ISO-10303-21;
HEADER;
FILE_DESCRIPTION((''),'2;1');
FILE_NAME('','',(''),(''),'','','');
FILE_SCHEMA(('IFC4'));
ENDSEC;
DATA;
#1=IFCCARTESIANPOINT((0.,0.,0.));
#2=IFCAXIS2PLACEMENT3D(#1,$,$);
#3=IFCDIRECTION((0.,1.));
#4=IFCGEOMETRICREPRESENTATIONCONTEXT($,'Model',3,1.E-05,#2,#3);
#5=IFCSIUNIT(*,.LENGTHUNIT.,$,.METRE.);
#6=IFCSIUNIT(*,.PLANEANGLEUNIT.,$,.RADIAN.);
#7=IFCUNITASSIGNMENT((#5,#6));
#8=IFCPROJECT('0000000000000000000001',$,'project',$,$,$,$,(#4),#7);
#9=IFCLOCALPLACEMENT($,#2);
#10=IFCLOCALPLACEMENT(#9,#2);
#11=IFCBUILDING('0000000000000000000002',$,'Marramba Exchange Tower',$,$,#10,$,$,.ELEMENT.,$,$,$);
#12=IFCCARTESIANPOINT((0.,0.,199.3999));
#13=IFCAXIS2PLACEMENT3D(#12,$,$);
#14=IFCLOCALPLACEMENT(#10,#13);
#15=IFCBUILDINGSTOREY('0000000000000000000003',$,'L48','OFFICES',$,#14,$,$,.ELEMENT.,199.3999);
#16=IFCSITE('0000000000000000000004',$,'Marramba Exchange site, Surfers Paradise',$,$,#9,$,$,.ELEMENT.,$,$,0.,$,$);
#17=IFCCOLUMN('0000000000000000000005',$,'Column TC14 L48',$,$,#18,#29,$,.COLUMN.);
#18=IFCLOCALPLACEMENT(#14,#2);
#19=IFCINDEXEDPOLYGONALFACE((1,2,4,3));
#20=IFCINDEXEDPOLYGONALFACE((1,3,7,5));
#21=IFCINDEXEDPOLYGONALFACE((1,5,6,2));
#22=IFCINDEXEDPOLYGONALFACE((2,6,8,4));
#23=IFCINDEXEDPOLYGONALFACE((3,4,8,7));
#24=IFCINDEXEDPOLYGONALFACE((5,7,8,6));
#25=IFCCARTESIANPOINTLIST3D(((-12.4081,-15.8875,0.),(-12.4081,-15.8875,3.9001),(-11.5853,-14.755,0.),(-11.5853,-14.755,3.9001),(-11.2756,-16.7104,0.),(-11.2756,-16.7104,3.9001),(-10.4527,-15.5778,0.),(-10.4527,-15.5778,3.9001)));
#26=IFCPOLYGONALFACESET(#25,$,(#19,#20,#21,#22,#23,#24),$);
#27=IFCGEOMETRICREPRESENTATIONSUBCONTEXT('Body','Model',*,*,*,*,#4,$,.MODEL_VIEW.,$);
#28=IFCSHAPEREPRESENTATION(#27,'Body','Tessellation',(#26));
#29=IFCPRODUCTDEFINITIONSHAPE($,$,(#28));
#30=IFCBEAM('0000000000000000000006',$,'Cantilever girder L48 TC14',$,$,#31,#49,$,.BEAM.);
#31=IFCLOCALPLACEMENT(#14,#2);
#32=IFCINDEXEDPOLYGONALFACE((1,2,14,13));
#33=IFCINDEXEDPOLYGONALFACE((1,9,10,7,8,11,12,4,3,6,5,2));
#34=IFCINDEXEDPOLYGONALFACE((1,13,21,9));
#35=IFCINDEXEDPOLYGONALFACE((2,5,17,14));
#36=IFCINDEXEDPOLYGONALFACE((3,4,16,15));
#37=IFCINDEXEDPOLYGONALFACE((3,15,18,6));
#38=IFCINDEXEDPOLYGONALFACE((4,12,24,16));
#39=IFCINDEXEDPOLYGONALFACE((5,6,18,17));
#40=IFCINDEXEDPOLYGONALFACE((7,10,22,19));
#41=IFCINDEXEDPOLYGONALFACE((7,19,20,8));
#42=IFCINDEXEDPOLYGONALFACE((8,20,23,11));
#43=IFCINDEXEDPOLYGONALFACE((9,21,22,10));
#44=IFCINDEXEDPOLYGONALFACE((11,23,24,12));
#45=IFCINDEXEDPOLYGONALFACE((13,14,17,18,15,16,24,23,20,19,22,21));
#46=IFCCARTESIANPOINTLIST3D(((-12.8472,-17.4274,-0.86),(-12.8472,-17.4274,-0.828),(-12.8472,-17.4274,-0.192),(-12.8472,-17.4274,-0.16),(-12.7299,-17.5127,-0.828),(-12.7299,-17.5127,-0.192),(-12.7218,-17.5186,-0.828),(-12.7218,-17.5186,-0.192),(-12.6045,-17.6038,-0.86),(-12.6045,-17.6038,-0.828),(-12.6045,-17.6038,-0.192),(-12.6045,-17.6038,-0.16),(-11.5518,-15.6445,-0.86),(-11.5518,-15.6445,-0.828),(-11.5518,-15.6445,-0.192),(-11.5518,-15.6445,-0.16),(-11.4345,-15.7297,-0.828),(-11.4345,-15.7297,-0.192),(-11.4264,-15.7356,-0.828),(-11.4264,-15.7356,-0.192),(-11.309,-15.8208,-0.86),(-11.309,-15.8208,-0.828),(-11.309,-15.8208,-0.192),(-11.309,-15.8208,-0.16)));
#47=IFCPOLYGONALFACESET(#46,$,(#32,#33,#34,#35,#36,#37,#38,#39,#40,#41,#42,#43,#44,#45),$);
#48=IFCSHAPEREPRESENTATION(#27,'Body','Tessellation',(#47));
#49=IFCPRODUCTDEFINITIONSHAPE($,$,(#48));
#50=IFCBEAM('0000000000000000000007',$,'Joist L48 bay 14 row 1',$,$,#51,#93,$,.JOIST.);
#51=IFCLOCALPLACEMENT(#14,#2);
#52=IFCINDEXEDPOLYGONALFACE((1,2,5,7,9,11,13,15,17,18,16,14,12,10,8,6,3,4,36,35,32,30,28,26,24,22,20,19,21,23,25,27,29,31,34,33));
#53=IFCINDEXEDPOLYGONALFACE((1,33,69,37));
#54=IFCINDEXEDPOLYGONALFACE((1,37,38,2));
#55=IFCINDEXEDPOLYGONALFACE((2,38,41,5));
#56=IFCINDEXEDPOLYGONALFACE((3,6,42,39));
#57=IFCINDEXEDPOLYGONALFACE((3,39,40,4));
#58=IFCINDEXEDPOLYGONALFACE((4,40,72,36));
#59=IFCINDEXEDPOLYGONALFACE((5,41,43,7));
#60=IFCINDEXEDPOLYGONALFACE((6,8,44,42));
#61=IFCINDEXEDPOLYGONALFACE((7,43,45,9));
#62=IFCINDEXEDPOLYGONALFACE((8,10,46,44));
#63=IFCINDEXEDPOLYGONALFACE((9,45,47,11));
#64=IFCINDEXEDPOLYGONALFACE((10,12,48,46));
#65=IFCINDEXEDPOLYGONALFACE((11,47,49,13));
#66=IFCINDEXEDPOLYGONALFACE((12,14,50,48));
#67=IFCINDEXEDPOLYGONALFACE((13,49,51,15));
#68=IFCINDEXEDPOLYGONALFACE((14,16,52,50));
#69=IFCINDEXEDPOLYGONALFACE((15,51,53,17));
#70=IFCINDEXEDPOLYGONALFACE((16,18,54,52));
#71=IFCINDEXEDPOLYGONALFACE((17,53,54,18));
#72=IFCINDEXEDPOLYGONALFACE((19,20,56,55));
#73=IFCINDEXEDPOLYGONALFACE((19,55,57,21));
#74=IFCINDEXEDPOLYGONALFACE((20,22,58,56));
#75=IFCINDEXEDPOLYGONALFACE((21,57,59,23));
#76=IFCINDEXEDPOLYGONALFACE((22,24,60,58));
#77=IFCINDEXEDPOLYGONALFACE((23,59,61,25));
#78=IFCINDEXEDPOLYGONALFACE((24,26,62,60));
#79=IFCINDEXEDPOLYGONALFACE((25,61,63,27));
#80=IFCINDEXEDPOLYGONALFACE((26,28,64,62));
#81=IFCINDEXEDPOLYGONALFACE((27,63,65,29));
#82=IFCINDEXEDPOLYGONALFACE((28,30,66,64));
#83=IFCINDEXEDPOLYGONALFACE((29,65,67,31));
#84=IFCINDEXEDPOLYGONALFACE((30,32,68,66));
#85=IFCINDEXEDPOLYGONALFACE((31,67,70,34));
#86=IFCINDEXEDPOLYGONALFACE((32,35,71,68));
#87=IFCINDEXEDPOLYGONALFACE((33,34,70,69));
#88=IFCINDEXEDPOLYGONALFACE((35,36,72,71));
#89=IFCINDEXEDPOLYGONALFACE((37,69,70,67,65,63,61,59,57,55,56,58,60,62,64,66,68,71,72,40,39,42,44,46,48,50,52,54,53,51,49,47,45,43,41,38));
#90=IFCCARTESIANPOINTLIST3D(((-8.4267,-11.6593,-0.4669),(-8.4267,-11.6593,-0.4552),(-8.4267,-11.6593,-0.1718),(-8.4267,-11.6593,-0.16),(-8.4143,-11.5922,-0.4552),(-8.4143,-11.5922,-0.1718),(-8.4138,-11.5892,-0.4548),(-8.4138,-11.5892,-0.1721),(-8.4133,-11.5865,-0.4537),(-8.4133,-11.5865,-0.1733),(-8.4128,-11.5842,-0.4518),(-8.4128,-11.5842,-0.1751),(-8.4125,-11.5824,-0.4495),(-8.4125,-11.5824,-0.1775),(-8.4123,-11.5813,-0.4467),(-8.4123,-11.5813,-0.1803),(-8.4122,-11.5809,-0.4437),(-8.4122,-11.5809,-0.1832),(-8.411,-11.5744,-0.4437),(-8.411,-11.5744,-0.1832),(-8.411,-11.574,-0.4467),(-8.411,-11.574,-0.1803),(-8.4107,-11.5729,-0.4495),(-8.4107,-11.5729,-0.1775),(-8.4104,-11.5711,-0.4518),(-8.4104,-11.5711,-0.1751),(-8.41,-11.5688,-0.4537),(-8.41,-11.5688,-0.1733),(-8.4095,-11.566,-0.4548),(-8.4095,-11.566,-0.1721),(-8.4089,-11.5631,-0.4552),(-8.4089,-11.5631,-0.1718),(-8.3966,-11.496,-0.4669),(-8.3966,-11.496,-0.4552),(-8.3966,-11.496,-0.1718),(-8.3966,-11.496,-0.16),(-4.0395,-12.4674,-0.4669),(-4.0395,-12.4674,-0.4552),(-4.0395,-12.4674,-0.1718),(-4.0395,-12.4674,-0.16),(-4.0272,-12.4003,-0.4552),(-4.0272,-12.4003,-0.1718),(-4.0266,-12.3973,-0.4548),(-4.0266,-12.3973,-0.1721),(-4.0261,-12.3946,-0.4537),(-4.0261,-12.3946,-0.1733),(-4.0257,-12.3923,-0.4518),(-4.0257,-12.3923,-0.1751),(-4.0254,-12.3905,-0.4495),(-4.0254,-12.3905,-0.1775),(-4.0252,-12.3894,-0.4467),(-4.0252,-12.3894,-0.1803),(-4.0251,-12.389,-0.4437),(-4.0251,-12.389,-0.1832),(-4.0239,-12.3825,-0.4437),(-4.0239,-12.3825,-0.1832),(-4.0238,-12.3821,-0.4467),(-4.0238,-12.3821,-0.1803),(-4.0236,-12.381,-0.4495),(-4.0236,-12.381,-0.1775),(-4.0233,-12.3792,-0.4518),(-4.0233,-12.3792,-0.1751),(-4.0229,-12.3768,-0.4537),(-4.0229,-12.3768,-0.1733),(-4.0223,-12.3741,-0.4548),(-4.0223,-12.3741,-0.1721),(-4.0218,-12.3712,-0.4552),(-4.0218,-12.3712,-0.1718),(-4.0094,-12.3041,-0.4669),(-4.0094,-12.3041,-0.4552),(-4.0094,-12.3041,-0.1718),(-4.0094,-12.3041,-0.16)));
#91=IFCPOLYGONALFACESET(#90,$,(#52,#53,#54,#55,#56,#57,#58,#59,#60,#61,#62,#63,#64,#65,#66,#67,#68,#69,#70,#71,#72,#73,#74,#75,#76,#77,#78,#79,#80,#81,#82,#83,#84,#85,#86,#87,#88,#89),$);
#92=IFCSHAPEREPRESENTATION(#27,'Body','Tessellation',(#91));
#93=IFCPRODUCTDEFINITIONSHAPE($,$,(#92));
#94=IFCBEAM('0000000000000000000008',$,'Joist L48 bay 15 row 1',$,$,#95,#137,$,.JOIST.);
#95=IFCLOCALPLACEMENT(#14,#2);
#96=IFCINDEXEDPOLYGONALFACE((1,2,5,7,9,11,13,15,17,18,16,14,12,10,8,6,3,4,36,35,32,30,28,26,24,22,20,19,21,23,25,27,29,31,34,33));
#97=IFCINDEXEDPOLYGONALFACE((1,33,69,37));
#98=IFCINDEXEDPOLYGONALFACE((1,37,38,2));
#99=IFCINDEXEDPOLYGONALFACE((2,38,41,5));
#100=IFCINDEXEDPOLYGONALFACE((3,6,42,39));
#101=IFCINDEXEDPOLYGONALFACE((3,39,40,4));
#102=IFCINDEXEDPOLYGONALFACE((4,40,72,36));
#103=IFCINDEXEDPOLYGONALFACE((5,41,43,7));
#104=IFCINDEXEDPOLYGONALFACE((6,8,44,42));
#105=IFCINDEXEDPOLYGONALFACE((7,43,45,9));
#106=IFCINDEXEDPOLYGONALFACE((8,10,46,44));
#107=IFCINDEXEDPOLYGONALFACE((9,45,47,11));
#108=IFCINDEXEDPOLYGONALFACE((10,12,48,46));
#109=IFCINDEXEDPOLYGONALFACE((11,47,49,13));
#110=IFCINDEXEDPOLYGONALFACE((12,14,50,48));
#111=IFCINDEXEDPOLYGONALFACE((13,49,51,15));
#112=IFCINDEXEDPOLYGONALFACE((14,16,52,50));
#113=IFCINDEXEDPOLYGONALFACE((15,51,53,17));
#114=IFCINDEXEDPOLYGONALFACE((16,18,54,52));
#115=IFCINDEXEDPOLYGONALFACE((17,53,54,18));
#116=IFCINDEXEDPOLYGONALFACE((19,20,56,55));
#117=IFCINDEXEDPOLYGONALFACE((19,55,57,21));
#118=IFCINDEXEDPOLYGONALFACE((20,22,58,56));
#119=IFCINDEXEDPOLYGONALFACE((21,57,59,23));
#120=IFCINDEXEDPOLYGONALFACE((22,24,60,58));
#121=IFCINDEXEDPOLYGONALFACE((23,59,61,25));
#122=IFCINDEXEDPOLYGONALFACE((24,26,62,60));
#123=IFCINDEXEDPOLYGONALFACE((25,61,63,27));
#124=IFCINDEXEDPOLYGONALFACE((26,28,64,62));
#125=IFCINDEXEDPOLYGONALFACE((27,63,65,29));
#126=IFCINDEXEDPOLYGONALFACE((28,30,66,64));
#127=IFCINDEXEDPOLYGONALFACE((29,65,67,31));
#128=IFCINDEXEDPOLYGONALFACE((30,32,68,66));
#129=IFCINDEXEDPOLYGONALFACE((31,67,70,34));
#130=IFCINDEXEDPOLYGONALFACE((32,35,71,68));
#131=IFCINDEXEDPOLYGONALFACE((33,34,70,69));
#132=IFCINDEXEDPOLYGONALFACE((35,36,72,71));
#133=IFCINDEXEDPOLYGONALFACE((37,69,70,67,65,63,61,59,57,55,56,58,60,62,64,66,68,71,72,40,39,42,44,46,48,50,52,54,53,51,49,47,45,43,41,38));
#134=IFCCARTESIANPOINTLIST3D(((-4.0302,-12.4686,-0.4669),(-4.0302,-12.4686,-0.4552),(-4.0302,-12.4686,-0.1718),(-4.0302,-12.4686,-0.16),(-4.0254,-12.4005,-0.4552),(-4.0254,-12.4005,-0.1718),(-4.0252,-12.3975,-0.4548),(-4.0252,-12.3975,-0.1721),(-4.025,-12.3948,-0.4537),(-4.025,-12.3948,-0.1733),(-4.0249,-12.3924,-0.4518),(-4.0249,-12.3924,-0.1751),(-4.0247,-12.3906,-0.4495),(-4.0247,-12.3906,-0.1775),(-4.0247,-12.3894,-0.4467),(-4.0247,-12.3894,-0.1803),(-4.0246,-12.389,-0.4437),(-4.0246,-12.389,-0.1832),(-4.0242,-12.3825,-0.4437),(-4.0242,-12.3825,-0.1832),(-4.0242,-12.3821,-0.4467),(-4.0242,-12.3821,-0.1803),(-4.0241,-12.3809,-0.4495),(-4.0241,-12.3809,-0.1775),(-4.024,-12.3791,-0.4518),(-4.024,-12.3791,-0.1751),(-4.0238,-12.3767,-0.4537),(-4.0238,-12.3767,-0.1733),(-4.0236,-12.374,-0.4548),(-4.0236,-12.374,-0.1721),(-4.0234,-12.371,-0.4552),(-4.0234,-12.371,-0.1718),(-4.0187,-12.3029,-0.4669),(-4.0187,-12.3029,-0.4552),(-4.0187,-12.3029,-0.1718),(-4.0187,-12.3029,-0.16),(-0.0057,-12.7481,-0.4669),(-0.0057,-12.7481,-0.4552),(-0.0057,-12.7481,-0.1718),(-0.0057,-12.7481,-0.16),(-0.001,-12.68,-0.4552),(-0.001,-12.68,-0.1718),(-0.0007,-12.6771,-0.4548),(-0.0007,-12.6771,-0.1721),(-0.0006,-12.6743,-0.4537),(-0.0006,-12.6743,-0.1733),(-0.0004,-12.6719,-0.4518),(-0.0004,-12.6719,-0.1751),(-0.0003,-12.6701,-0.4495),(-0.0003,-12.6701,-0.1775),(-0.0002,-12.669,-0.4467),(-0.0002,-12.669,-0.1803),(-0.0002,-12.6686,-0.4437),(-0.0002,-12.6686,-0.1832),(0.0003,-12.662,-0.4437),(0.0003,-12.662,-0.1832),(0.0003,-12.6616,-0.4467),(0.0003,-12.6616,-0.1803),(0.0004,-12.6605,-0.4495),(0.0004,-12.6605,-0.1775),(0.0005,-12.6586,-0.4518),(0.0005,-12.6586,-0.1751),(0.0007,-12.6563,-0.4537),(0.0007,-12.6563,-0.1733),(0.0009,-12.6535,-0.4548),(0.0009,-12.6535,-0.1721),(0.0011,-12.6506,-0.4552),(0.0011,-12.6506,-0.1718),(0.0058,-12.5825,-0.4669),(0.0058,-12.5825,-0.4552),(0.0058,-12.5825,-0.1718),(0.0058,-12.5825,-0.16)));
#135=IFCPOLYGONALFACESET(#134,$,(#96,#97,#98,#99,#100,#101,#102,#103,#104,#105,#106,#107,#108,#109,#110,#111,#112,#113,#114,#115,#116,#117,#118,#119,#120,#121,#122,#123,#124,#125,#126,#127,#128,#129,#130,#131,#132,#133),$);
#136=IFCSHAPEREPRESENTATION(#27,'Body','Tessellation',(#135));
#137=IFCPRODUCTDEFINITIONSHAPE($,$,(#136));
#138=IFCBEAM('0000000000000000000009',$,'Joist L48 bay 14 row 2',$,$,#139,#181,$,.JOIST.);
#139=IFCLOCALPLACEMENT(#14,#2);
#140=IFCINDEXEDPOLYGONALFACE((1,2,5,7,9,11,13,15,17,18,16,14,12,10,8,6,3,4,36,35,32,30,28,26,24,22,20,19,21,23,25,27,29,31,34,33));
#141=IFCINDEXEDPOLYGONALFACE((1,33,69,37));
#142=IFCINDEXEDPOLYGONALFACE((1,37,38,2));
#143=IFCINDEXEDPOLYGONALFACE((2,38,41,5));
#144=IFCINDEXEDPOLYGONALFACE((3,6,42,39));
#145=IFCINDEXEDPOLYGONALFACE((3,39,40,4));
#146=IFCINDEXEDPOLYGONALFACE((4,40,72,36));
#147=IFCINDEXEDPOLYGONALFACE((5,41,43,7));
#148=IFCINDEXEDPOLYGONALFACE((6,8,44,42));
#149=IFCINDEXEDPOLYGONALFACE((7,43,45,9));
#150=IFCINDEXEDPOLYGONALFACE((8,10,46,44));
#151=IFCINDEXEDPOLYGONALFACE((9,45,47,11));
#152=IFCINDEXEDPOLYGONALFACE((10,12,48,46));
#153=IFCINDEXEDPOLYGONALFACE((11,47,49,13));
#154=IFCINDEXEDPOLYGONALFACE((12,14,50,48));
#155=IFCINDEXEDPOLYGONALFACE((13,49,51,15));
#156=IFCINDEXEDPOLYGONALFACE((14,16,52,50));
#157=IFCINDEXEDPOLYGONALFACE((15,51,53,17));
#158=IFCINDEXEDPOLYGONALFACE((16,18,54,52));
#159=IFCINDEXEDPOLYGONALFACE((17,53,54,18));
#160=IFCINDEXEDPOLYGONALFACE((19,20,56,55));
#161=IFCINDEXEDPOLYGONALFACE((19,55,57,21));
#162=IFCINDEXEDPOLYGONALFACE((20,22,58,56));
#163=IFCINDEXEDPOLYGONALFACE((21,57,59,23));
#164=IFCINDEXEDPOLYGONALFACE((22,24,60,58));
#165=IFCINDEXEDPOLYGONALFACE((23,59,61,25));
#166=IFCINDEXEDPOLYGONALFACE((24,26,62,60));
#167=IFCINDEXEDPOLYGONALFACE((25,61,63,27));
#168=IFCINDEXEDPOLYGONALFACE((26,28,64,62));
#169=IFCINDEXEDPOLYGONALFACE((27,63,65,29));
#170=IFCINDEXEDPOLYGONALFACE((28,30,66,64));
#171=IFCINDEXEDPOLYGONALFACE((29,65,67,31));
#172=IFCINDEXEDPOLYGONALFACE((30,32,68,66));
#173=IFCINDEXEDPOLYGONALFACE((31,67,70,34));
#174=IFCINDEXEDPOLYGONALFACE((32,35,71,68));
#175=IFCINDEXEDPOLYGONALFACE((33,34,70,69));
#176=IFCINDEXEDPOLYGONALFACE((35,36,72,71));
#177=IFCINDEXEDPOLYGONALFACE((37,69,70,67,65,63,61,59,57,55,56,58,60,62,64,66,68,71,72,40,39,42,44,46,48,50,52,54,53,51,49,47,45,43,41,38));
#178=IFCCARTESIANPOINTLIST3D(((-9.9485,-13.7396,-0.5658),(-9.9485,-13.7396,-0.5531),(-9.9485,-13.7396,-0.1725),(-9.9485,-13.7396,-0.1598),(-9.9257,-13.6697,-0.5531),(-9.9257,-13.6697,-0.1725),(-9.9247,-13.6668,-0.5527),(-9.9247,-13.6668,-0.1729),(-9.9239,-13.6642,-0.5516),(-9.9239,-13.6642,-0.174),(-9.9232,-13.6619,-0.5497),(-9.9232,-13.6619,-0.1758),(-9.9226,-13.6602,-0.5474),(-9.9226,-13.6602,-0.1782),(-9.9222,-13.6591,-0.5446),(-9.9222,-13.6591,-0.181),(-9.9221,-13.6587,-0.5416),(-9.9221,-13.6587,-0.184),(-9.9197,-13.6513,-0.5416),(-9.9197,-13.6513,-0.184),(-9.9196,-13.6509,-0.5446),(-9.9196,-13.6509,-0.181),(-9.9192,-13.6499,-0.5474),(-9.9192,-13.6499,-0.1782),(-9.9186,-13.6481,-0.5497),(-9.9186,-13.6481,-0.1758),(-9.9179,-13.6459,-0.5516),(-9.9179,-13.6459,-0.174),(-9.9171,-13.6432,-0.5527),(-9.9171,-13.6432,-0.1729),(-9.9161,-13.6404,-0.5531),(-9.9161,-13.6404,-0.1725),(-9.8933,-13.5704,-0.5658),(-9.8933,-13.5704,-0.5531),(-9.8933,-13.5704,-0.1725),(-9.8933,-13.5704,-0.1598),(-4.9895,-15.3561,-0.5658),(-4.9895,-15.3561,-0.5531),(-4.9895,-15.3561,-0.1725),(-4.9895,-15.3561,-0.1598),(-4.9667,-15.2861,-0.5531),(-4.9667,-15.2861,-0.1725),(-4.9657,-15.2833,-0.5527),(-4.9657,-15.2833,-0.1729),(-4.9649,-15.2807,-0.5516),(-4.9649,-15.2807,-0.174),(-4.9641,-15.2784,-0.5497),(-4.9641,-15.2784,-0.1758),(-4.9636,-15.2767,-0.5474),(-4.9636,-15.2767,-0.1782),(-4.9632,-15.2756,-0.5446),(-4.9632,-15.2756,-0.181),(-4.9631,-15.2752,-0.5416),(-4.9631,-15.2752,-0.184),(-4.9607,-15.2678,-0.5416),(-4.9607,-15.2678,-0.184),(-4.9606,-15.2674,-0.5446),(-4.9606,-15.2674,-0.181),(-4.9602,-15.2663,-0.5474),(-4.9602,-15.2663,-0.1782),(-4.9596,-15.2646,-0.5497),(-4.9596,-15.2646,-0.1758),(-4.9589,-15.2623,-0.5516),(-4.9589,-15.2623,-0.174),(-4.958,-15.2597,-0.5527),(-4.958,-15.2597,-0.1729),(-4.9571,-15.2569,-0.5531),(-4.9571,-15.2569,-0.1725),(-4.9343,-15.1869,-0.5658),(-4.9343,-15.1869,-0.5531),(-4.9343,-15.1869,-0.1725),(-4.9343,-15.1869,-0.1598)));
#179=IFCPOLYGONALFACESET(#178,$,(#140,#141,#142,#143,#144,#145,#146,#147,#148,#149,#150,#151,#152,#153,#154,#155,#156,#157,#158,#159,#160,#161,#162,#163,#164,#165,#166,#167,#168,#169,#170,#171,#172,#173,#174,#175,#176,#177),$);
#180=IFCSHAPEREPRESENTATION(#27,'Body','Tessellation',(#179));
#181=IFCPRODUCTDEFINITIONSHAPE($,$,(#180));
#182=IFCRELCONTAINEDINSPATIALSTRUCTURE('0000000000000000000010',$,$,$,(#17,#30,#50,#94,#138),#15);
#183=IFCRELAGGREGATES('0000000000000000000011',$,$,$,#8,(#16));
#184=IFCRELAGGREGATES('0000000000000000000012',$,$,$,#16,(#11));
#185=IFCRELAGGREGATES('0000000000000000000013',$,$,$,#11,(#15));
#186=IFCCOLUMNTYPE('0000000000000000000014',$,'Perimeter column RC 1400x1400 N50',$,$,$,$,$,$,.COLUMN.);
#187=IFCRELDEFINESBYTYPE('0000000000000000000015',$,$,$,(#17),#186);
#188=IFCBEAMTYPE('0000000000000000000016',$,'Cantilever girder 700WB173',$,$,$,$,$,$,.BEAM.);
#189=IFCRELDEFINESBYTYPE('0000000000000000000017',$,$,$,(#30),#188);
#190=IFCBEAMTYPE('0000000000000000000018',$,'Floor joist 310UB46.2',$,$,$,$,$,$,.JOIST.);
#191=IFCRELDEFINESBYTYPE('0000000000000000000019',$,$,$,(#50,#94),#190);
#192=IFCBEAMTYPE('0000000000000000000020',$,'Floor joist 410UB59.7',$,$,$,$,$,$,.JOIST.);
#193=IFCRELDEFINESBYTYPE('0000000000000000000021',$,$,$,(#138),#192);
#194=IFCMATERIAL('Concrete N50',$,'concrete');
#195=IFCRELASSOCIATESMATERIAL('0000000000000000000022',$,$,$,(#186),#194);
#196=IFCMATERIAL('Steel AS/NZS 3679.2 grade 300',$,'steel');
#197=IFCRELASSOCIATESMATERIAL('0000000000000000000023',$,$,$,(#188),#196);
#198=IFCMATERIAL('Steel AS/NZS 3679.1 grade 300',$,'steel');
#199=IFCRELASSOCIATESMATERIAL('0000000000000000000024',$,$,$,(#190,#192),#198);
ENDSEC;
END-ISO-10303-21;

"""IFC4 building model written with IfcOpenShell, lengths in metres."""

from ifc_helpers import new_model, si_unit, direction, frame, origin, origin_2d, place, context, subcontext, project, spatial, rectangle, i_section, extrude, material, material_profile, profile_set, type_object, element, save


model = new_model("IFC4")

# Units and contexts
model_context = context("Model", 3, precision=1e-05, world=origin(), true_north=direction((0.0, 1.0)))
body_context = subcontext(model_context, "Body", "Model", "MODEL_VIEW")
ifc_project = project(units=[si_unit("LENGTHUNIT", "METRE"), si_unit("PLANEANGLEUNIT", "RADIAN")], contexts=[model_context])

# Site, building, storey
site_placement = place(None, origin())
site = spatial("IfcSite", under=ifc_project, at=site_placement, Name="Marramba Exchange site, Surfers Paradise", CompositionType="ELEMENT", RefElevation=0.0)
building_placement = place(site_placement, origin())
building = spatial("IfcBuilding", under=site, at=building_placement, Name="Marramba Exchange Tower", CompositionType="ELEMENT")
storey_placement = place(building_placement, frame((0.0, 0.0, 199.3999)))
storey = spatial("IfcBuildingStorey", under=building, at=storey_placement, Name="L48", Description="OFFICES", CompositionType="ELEMENT", Elevation=199.3999)

# Column
ifc_material_1 = material(Name="Concrete N50", Category="concrete")
ifc_material_profile_1 = material_profile(ifc_material_1, rectangle(XDim=1.3999, YDim=1.3999, at=origin_2d()), Name="RC 1400x1400")
ifc_profile_set_1 = profile_set([ifc_material_profile_1], Name="Concrete N50")
column_type = type_object("IfcColumnType", Name="Perimeter column RC 1400x1400 N50", PredefinedType="COLUMN", material=ifc_profile_set_1)
column_placement = place(storey_placement, frame((-11.4304, -15.7327, 0.0), z_axis=(0.0, 0.0, 1.0), x_axis=(-0.587785, -0.809017, 0.0)))
element("IfcColumn", 1, at=column_placement, inside=storey, type_object=column_type, Name="Column TC14 L48", PredefinedType="COLUMN", context=body_context, shape_type="SweptSolid", body=[
    extrude(rectangle(XDim=1.3999, YDim=1.3999, at=origin_2d()), origin(), (0.0, 0.0, 1.0), 3.9001),
])

# Beams
ifc_material_2 = material(Name="Steel AS/NZS 3679.2 grade 300", Category="steel")
ifc_material_profile_2 = material_profile(ifc_material_2, i_section(OverallWidth=0.3, OverallDepth=0.7, WebThickness=0.01, FlangeThickness=0.032, at=origin_2d()), Name="700WB173")
ifc_profile_set_2 = profile_set([ifc_material_profile_2], Name="Steel AS/NZS 3679.2 grade 300")
beam_type_1 = type_object("IfcBeamType", Name="Cantilever girder 700WB173", PredefinedType="BEAM", material=ifc_profile_set_2)
beam_1_placement = place(storey_placement, frame((-11.4304, -15.7327, -0.51), z_axis=(-0.58779, -0.809014, 0.0), x_axis=(0.809014, -0.58779, 0.0)))
element("IfcBeam", 2, at=beam_1_placement, inside=storey, type_object=beam_type_1, Name="Cantilever girder L48 TC14", PredefinedType="BEAM", context=body_context, shape_type="SweptSolid", body=[
    extrude(i_section(OverallWidth=0.3, OverallDepth=0.7, WebThickness=0.01, FlangeThickness=0.032, at=origin_2d()), origin(), (0.0, 0.0, 1.0), 2.2039),
])
ifc_material_3 = material(Name="Steel AS/NZS 3679.1 grade 300", Category="steel")
ifc_material_profile_3 = material_profile(ifc_material_3, i_section(OverallWidth=0.166, OverallDepth=0.3069, WebThickness=0.0066, FlangeThickness=0.0117, FilletRadius=0.0115, at=origin_2d()), Name="310UB46.2")
ifc_profile_set_3 = profile_set([ifc_material_profile_3], Name="Steel AS/NZS 3679.1 grade 300")
beam_type_2 = type_object("IfcBeamType", Name="Floor joist 310UB46.2", PredefinedType="JOIST", material=ifc_profile_set_3)
beam_2_placement = place(storey_placement, frame((-8.4116, -11.5776, -0.3135), z_axis=(0.983456, -0.181149, 0.0), x_axis=(0.181149, 0.983456, 0.0)))
element("IfcBeam", 3, at=beam_2_placement, inside=storey, type_object=beam_type_2, Name="Joist L48 bay 14 row 1", PredefinedType="JOIST", context=body_context, shape_type="SweptSolid", body=[
    extrude(i_section(OverallWidth=0.166, OverallDepth=0.3069, WebThickness=0.0066, FlangeThickness=0.0117, FilletRadius=0.0115, at=origin_2d()), origin(), (0.0, 0.0, 1.0), 4.4609),
])
beam_3_placement = place(storey_placement, frame((-4.0244, -12.3857, -0.3135), z_axis=(0.997596, -0.069294, 0.0), x_axis=(0.069294, 0.997596, 0.0)))
element("IfcBeam", 4, at=beam_3_placement, inside=storey, type_object=beam_type_2, Name="Joist L48 bay 15 row 1", PredefinedType="JOIST", context=body_context, shape_type="SweptSolid", body=[
    extrude(i_section(OverallWidth=0.166, OverallDepth=0.3069, WebThickness=0.0066, FlangeThickness=0.0117, FilletRadius=0.0115, at=origin_2d()), origin(), (0.0, 0.0, 1.0), 4.0342),
])
ifc_material_profile_4 = material_profile(ifc_material_3, i_section(OverallWidth=0.178, OverallDepth=0.406, WebThickness=0.0078, FlangeThickness=0.0127, FilletRadius=0.0115, at=origin_2d()), Name="410UB59.7")
ifc_profile_set_4 = profile_set([ifc_material_profile_4], Name="Steel AS/NZS 3679.1 grade 300")
beam_type_3 = type_object("IfcBeamType", Name="Floor joist 410UB59.7", PredefinedType="JOIST", material=ifc_profile_set_4)
beam_4_placement = place(storey_placement, frame((-9.9209, -13.655, -0.3628), z_axis=(0.950764, -0.309916, 0.0), x_axis=(0.309916, 0.950764, 0.0)))
element("IfcBeam", 5, at=beam_4_placement, inside=storey, type_object=beam_type_3, Name="Joist L48 bay 14 row 2", PredefinedType="JOIST", context=body_context, shape_type="SweptSolid", body=[
    extrude(i_section(OverallWidth=0.178, OverallDepth=0.406, WebThickness=0.0078, FlangeThickness=0.0127, FilletRadius=0.0115, at=origin_2d()), origin(), (0.0, 0.0, 1.0), 5.2158),
])

save(model, "model.ifc")
